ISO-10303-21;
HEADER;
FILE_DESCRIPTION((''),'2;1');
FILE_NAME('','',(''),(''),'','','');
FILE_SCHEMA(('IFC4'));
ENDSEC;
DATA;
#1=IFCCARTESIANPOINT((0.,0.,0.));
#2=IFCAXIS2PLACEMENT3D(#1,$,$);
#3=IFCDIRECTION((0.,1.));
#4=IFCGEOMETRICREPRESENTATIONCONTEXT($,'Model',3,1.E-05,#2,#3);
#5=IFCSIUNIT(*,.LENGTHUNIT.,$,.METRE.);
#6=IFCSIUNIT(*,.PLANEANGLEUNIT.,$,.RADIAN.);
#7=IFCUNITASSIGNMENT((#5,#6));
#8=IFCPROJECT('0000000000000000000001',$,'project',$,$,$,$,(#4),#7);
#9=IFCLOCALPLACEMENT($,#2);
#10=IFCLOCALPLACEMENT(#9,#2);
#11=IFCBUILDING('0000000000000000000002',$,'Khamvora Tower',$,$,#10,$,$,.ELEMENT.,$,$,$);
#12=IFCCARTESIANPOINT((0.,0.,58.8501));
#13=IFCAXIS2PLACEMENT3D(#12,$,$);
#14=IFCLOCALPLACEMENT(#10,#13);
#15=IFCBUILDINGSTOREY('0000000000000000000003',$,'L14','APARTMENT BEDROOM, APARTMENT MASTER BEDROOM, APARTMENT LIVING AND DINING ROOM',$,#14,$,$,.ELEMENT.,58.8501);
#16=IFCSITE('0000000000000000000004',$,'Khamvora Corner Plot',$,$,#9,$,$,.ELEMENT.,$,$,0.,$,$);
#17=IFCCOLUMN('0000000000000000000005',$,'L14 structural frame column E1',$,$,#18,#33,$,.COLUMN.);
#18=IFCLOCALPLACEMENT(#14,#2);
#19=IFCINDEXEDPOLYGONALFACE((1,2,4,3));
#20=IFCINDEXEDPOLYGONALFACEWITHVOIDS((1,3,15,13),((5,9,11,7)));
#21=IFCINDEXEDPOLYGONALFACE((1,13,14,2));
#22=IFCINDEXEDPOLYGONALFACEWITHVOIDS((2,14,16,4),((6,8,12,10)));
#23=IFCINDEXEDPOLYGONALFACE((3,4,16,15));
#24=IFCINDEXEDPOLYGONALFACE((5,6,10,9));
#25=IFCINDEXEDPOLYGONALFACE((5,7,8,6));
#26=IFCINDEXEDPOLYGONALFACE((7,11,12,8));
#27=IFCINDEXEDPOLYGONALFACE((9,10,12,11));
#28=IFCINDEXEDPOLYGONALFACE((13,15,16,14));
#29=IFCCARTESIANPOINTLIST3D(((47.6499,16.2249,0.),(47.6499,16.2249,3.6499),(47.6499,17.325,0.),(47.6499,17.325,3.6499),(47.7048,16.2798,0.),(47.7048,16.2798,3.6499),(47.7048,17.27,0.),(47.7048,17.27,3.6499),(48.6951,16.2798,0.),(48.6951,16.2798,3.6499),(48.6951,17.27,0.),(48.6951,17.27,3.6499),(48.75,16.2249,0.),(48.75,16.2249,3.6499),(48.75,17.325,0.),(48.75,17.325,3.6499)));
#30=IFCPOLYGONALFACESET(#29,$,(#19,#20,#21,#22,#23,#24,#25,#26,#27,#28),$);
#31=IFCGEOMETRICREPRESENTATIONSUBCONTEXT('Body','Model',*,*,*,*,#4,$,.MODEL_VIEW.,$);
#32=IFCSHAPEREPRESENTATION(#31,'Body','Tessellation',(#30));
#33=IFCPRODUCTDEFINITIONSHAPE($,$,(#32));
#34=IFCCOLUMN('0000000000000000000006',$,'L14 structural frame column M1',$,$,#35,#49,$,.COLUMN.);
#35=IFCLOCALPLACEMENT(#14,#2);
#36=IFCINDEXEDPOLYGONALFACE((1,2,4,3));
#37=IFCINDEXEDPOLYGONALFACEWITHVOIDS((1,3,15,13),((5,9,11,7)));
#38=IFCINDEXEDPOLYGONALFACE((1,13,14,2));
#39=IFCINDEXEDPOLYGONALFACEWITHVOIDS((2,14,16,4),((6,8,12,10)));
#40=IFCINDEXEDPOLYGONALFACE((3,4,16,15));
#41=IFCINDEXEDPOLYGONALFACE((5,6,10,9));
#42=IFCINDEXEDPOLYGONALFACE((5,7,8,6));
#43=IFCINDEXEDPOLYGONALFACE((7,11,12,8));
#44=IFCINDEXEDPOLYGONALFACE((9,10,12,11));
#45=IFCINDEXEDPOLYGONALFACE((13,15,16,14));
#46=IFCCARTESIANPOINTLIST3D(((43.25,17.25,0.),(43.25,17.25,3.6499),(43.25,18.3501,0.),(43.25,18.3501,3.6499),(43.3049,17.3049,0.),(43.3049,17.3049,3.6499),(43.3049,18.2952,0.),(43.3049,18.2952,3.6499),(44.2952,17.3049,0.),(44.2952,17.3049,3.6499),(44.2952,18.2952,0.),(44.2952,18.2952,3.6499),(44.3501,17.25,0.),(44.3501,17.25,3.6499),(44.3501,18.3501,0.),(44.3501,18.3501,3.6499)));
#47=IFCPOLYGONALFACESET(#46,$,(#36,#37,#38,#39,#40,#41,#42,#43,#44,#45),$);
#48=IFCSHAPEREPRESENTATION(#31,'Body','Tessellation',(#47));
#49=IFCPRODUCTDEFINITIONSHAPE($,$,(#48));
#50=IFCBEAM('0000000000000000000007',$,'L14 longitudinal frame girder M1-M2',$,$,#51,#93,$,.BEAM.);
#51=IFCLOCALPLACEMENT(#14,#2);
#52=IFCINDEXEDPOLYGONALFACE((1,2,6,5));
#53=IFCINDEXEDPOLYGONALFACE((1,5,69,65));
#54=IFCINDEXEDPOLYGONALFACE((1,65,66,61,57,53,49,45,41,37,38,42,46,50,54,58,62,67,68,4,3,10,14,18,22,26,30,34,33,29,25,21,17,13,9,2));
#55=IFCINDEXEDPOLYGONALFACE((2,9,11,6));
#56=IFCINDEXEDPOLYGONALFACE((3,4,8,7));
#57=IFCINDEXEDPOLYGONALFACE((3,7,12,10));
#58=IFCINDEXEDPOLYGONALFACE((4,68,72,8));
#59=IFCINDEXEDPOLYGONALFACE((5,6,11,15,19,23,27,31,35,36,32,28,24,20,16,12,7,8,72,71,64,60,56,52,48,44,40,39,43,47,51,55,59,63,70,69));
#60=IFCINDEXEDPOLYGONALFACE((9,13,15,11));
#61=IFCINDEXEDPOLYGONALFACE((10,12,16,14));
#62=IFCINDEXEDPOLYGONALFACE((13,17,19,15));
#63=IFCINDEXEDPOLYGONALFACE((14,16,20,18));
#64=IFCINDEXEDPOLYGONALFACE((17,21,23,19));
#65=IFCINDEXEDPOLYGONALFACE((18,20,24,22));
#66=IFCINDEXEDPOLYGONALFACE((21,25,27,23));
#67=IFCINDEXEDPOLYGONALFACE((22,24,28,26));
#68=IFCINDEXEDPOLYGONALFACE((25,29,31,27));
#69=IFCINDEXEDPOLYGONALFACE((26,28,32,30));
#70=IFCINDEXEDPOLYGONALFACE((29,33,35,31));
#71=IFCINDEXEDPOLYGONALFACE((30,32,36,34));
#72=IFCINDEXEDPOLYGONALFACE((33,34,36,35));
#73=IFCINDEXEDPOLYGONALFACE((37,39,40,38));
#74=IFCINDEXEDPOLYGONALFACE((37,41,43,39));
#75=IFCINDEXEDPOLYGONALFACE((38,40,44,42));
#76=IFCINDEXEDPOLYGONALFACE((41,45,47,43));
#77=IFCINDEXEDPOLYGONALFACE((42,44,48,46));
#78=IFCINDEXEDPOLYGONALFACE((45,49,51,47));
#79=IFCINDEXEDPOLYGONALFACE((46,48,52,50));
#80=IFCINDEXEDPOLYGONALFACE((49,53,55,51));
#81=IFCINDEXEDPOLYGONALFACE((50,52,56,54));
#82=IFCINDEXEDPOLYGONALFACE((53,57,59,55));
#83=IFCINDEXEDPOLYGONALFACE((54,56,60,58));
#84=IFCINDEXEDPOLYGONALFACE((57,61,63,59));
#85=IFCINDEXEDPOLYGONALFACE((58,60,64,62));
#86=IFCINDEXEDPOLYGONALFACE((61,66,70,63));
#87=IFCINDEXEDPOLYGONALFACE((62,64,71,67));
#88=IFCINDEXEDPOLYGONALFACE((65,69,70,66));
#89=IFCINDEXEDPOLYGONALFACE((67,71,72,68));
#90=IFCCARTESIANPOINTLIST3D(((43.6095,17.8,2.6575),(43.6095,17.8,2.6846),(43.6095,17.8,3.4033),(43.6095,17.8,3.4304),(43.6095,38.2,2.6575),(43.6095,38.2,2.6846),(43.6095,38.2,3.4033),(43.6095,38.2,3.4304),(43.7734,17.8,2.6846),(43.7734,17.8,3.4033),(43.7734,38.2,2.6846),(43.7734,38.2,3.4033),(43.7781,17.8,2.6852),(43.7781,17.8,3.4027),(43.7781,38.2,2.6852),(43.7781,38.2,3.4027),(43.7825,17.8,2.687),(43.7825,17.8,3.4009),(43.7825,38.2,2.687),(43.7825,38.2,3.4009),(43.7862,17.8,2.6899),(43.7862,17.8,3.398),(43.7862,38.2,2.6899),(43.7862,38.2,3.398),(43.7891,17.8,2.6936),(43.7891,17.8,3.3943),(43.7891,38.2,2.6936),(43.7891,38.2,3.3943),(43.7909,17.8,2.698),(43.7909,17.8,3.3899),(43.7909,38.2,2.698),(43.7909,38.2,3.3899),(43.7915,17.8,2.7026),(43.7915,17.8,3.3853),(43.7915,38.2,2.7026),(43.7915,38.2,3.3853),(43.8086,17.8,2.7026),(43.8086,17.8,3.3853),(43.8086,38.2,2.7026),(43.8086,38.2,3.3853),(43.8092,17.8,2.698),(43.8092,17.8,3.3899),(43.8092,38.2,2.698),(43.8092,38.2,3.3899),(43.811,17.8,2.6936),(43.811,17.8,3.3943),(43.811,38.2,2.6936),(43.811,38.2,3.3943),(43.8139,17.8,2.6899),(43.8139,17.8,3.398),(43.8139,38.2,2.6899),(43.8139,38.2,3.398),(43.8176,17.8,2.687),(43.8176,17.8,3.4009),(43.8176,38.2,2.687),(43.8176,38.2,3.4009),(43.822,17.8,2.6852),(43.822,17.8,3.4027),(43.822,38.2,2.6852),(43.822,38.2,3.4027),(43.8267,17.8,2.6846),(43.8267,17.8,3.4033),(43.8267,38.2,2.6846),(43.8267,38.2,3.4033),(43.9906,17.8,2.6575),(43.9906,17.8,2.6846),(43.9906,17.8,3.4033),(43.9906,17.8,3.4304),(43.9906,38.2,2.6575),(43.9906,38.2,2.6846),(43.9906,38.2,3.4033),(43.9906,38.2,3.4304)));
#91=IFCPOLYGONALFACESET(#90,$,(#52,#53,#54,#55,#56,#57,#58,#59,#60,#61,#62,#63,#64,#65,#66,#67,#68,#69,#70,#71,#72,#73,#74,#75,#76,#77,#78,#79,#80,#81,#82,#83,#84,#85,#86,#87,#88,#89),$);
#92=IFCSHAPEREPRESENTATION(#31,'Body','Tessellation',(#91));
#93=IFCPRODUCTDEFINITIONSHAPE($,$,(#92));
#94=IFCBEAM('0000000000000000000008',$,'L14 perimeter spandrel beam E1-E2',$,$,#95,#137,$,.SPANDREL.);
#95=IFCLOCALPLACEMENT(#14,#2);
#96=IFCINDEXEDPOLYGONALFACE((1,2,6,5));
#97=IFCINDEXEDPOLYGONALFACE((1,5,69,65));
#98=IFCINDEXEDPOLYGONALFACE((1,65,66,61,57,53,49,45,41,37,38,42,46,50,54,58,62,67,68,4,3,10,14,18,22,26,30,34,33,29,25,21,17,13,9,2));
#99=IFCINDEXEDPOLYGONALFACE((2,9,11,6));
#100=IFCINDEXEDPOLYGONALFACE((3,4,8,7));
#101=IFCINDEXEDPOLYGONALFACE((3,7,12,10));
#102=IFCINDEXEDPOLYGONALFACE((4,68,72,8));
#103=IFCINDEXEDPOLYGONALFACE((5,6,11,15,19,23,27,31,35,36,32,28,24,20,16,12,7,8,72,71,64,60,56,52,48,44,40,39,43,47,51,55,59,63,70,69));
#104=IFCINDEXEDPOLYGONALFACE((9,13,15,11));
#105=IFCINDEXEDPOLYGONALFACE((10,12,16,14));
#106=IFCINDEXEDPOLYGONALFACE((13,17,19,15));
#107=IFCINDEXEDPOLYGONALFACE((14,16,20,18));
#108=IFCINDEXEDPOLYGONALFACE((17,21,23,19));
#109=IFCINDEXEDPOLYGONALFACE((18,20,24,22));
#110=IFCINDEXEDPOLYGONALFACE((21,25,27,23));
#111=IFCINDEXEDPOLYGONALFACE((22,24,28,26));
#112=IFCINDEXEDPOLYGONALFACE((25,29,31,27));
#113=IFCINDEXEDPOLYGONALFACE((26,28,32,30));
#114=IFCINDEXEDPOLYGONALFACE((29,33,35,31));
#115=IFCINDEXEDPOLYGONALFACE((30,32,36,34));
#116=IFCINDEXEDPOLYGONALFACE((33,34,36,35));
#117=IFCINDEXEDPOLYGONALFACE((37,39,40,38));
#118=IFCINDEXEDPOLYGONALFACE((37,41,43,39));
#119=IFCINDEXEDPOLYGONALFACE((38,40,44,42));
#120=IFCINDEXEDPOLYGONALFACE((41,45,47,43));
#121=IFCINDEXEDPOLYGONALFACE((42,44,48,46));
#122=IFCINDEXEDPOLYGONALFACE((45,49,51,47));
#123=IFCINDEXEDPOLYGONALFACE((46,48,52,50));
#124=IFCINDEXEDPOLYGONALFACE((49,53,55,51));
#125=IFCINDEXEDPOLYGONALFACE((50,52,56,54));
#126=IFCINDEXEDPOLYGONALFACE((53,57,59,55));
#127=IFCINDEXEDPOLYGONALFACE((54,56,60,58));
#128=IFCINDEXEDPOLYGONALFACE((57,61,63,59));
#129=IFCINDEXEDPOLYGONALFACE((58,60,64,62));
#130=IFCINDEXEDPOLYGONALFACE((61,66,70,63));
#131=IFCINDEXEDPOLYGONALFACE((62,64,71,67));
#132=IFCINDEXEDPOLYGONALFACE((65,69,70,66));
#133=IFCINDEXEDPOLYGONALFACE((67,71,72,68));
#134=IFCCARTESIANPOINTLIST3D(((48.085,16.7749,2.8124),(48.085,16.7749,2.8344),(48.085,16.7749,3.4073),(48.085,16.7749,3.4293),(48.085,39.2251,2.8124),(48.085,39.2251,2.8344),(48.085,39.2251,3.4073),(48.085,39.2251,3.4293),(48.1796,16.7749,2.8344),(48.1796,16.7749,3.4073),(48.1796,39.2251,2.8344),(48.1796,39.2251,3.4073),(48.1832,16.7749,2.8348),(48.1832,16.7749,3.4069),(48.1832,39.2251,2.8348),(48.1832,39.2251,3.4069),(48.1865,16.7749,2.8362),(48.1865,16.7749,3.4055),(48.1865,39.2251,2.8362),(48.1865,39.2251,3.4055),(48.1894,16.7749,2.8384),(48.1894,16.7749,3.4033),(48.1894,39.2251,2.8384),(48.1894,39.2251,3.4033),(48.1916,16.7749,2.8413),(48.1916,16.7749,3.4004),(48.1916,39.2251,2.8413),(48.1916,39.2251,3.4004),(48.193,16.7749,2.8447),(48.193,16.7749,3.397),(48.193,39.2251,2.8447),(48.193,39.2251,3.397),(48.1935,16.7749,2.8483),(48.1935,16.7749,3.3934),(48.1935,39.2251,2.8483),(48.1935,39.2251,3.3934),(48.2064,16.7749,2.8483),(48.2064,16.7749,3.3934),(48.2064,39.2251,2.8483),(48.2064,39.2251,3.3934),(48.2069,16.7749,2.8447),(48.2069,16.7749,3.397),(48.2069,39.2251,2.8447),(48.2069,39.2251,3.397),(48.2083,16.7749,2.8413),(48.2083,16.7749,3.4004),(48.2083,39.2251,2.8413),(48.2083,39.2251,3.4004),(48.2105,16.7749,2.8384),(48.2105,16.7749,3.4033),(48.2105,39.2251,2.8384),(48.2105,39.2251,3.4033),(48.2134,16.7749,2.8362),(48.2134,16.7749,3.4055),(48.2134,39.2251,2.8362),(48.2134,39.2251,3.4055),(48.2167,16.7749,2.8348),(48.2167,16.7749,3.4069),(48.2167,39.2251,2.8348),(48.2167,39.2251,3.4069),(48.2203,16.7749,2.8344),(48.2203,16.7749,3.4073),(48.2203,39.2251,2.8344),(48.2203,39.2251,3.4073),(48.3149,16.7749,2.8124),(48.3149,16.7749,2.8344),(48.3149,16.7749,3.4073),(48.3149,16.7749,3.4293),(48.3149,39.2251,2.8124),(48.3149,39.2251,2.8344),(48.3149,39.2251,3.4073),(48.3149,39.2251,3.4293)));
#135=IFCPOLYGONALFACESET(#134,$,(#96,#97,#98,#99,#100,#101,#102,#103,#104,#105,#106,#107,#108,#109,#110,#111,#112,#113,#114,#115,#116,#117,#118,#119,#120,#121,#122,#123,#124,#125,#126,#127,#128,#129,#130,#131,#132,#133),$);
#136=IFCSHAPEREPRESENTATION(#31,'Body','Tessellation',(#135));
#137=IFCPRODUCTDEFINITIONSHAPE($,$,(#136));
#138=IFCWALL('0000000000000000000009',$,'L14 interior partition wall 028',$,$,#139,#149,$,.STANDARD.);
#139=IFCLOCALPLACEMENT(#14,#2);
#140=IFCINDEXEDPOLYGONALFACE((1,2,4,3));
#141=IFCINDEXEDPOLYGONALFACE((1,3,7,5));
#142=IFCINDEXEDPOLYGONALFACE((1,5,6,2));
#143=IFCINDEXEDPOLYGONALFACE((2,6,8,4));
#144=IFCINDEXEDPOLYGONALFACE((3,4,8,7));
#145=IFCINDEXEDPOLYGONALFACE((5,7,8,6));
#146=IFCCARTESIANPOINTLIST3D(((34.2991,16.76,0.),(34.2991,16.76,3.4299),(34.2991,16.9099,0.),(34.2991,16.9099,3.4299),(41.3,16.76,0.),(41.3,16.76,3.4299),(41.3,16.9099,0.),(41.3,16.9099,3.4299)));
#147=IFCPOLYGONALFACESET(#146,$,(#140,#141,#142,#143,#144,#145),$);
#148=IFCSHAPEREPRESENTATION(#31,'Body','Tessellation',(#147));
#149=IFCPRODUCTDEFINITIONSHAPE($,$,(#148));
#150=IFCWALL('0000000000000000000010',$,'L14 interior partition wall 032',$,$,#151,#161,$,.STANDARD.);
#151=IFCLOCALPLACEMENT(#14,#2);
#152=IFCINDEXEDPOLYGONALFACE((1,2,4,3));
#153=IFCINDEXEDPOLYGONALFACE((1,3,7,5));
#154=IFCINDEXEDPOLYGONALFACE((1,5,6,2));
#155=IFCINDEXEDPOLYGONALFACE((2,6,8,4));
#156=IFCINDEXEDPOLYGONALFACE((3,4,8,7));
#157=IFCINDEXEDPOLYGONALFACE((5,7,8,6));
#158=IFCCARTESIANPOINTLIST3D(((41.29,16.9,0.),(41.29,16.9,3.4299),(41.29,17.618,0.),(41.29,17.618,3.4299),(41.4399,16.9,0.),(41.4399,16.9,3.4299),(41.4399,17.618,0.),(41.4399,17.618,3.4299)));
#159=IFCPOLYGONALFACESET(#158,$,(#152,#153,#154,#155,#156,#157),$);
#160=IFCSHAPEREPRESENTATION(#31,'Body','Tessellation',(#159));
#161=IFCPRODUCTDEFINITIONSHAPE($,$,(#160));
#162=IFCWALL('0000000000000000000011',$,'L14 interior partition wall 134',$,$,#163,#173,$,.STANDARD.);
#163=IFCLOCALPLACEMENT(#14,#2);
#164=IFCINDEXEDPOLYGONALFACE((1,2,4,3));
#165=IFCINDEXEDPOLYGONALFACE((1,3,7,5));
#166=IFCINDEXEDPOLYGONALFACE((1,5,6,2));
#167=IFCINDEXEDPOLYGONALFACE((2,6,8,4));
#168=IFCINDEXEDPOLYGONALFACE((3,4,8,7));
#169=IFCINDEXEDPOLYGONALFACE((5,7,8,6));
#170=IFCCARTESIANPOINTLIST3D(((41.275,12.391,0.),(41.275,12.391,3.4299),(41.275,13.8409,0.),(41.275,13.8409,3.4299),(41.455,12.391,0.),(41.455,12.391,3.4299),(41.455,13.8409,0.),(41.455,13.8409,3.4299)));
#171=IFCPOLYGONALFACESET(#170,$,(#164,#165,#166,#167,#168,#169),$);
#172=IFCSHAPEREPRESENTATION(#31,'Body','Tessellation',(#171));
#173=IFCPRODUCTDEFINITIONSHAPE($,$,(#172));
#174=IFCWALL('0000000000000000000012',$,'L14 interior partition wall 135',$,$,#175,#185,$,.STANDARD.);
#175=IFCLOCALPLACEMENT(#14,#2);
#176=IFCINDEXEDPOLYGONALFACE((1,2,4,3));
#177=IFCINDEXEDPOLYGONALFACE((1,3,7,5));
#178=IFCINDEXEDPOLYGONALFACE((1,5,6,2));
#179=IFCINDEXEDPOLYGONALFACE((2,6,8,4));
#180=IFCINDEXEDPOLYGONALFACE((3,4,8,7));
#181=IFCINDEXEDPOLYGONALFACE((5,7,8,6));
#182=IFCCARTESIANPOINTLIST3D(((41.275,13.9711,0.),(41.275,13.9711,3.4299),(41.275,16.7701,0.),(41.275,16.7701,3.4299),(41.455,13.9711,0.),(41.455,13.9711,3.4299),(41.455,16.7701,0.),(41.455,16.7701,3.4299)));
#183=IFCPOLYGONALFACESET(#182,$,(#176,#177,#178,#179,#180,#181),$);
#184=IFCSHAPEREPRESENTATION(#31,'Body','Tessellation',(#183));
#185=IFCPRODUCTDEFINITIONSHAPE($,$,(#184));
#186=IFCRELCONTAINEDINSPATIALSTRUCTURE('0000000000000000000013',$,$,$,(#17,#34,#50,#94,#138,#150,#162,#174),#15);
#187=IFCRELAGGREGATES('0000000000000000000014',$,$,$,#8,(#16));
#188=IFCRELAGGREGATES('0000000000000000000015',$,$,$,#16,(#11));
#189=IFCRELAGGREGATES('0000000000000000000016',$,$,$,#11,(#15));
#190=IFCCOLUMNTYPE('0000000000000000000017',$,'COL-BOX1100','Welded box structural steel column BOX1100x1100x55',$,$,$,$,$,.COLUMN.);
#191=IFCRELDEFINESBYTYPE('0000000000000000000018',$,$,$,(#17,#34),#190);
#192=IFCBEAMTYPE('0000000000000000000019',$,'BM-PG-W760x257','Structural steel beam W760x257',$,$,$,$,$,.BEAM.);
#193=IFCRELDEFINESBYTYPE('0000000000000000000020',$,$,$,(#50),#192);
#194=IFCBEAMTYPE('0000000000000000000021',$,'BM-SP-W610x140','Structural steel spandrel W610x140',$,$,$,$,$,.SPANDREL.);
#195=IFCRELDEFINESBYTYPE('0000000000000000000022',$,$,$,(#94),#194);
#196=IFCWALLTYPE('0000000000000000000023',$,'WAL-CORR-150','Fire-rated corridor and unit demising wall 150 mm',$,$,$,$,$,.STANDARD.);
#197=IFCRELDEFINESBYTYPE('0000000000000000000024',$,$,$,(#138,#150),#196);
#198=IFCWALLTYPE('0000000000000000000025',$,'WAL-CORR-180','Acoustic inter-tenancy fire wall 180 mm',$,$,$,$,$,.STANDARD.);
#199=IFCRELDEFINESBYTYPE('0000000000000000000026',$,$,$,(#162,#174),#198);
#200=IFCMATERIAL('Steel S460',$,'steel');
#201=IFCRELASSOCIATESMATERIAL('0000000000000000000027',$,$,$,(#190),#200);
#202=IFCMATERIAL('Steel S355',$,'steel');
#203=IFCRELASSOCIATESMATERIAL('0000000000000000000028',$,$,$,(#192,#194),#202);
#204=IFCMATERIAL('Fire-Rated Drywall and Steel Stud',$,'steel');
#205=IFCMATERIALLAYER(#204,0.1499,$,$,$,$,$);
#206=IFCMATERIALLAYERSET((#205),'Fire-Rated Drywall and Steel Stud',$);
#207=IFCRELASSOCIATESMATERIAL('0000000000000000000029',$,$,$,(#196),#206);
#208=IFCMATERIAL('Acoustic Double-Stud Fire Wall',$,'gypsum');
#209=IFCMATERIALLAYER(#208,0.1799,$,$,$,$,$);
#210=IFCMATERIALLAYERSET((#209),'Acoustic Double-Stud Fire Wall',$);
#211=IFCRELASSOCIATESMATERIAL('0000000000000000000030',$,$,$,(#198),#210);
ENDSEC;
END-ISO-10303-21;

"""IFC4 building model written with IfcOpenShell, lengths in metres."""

from ifc_helpers import new_model, si_unit, direction, frame, frame_2d, origin, origin_2d, place, context, subcontext, project, spatial, rectangle, hollow_rectangle, i_section, extrude, material, layer, layer_set, material_profile, profile_set, type_object, element, save


model = new_model("IFC4")

# Units and contexts
model_context = context("Model", 3, precision=1e-05, world=origin(), true_north=direction((0.0, 1.0)))
body_context = subcontext(model_context, "Body", "Model", "MODEL_VIEW")
ifc_project = project(units=[si_unit("LENGTHUNIT", "METRE"), si_unit("PLANEANGLEUNIT", "RADIAN")], contexts=[model_context])

# Site, building, storey
site_placement = place(None, origin())
site = spatial("IfcSite", under=ifc_project, at=site_placement, Name="Khamvora Corner Plot", CompositionType="ELEMENT", RefElevation=0.0)
building_placement = place(site_placement, origin())
building = spatial("IfcBuilding", under=site, at=building_placement, Name="Khamvora Tower", CompositionType="ELEMENT")
storey_placement = place(building_placement, frame((0.0, 0.0, 58.8501)))
storey = spatial("IfcBuildingStorey", under=building, at=storey_placement, Name="L14", Description="APARTMENT BEDROOM, APARTMENT MASTER BEDROOM, APARTMENT LIVING AND DINING ROOM", CompositionType="ELEMENT", Elevation=58.8501)

# Columns
ifc_material_1 = material(Name="Steel S460", Category="steel")
ifc_material_profile_1 = material_profile(ifc_material_1, hollow_rectangle(XDim=1.1001, YDim=1.1001, WallThickness=0.0549, at=origin_2d()), Name="BOX1100x1100x55")
ifc_profile_set_1 = profile_set([ifc_material_profile_1], Name="Steel S460")
column_type = type_object("IfcColumnType", Name="COL-BOX1100", Description="Welded box structural steel column BOX1100x1100x55", PredefinedType="COLUMN", material=ifc_profile_set_1)
for number, where, z_axis, x_axis, name in (
    (1, (48.2, 16.7749, 0.0), (0.0, 0.0, 1.0), (1.0, 0.0, 0.0), "L14 structural frame column E1"),
    (2, (43.8, 17.8, 0.0), (0.0, 0.0, 1.0), (1.0, 0.0, 0.0), "L14 structural frame column M1"),
):
    element("IfcColumn", number, at=place(storey_placement, frame(where, z_axis=z_axis, x_axis=x_axis)), inside=storey, type_object=column_type, Name=name, PredefinedType="COLUMN", context=body_context, shape_type="SweptSolid", body=[
        extrude(hollow_rectangle(XDim=1.1001, YDim=1.1001, WallThickness=0.0549, at=origin_2d()), origin(), (0.0, 0.0, 1.0), 3.6499),
    ])

# Beams
ifc_material_2 = material(Name="Steel S355", Category="steel")
ifc_material_profile_2 = material_profile(ifc_material_2, i_section(OverallWidth=0.3811, OverallDepth=0.7729, WebThickness=0.0171, FlangeThickness=0.0271, FilletRadius=0.0181, at=origin_2d()), Name="W760x257")
ifc_profile_set_2 = profile_set([ifc_material_profile_2], Name="Steel S355")
beam_type_1 = type_object("IfcBeamType", Name="BM-PG-W760x257", Description="Structural steel beam W760x257", PredefinedType="BEAM", material=ifc_profile_set_2)
beam_1_placement = place(storey_placement, frame((43.8, 17.8, 3.0439), z_axis=(0.0, 1.0, 0.0), x_axis=(-1.0, 0.0, 0.0)))
element("IfcBeam", 3, at=beam_1_placement, inside=storey, type_object=beam_type_1, Name="L14 longitudinal frame girder M1-M2", PredefinedType="BEAM", context=body_context, shape_type="SweptSolid", body=[
    extrude(i_section(OverallWidth=0.3811, OverallDepth=0.7729, WebThickness=0.0171, FlangeThickness=0.0271, FilletRadius=0.0181, at=origin_2d()), origin(), (0.0, 0.0, 1.0), 20.3999),
])
ifc_material_profile_3 = material_profile(ifc_material_2, i_section(OverallWidth=0.23, OverallDepth=0.6169, WebThickness=0.0129, FlangeThickness=0.022, FilletRadius=0.0139, at=origin_2d()), Name="W610x140")
ifc_profile_set_3 = profile_set([ifc_material_profile_3], Name="Steel S355")
beam_type_2 = type_object("IfcBeamType", Name="BM-SP-W610x140", Description="Structural steel spandrel W610x140", PredefinedType="SPANDREL", material=ifc_profile_set_3)
beam_2_placement = place(storey_placement, frame((48.2, 16.7749, 3.1208), z_axis=(0.0, 1.0, 0.0), x_axis=(-1.0, 0.0, 0.0)))
element("IfcBeam", 4, at=beam_2_placement, inside=storey, type_object=beam_type_2, Name="L14 perimeter spandrel beam E1-E2", PredefinedType="SPANDREL", context=body_context, shape_type="SweptSolid", body=[
    extrude(i_section(OverallWidth=0.23, OverallDepth=0.6169, WebThickness=0.0129, FlangeThickness=0.022, FilletRadius=0.0139, at=origin_2d()), origin(), (0.0, 0.0, 1.0), 22.4502),
])

# Walls
ifc_material_3 = material(Name="Fire-Rated Drywall and Steel Stud", Category="steel")
ifc_layer_1 = layer(ifc_material_3, 0.1499)
ifc_layer_set_1 = layer_set([ifc_layer_1], Name="Fire-Rated Drywall and Steel Stud")
wall_type_1 = type_object("IfcWallType", Name="WAL-CORR-150", Description="Fire-rated corridor and unit demising wall 150 mm", PredefinedType="STANDARD", material=ifc_layer_set_1)
wall_1_placement = place(storey_placement, frame((41.3, 16.835, 0.0), z_axis=(0.0, 0.0, 1.0), x_axis=(-1.0, 0.0, 0.0)))
element("IfcWall", 5, at=wall_1_placement, inside=storey, type_object=wall_type_1, Name="L14 interior partition wall 028", PredefinedType="STANDARD", context=body_context, shape_type="SweptSolid", body=[
    extrude(rectangle(XDim=7.001, YDim=0.1499, at=frame_2d((3.5005, 0.0))), origin(), (0.0, 0.0, 1.0), 3.4299),
])
wall_2_placement = place(storey_placement, frame((41.365, 17.6179, 0.0), z_axis=(0.0, 0.0, 1.0), x_axis=(0.0, -1.0, 0.0)))
element("IfcWall", 6, at=wall_2_placement, inside=storey, type_object=wall_type_1, Name="L14 interior partition wall 032", PredefinedType="STANDARD", context=body_context, shape_type="SweptSolid", body=[
    extrude(rectangle(XDim=0.718, YDim=0.1499, at=frame_2d((0.3589, 0.0))), origin(), (0.0, 0.0, 1.0), 3.4299),
])
ifc_material_4 = material(Name="Acoustic Double-Stud Fire Wall", Category="gypsum")
ifc_layer_2 = layer(ifc_material_4, 0.1799)
ifc_layer_set_2 = layer_set([ifc_layer_2], Name="Acoustic Double-Stud Fire Wall")
wall_type_2 = type_object("IfcWallType", Name="WAL-CORR-180", Description="Acoustic inter-tenancy fire wall 180 mm", PredefinedType="STANDARD", material=ifc_layer_set_2)
wall_3_placement = place(storey_placement, frame((41.365, 13.8411, 0.0), z_axis=(0.0, 0.0, 1.0), x_axis=(0.0, -1.0, 0.0)))
element("IfcWall", 7, at=wall_3_placement, inside=storey, type_object=wall_type_2, Name="L14 interior partition wall 134", PredefinedType="STANDARD", context=body_context, shape_type="SweptSolid", body=[
    extrude(rectangle(XDim=1.45, YDim=0.1799, at=frame_2d((0.7251, 0.0))), origin(), (0.0, 0.0, 1.0), 3.4299),
])
wall_4_placement = place(storey_placement, frame((41.365, 16.77, 0.0), z_axis=(0.0, 0.0, 1.0), x_axis=(0.0, -1.0, 0.0)))
element("IfcWall", 8, at=wall_4_placement, inside=storey, type_object=wall_type_2, Name="L14 interior partition wall 135", PredefinedType="STANDARD", context=body_context, shape_type="SweptSolid", body=[
    extrude(rectangle(XDim=2.7991, YDim=0.1799, at=frame_2d((1.3994, 0.0))), origin(), (0.0, 0.0, 1.0), 3.4299),
])

save(model, "model.ifc")
